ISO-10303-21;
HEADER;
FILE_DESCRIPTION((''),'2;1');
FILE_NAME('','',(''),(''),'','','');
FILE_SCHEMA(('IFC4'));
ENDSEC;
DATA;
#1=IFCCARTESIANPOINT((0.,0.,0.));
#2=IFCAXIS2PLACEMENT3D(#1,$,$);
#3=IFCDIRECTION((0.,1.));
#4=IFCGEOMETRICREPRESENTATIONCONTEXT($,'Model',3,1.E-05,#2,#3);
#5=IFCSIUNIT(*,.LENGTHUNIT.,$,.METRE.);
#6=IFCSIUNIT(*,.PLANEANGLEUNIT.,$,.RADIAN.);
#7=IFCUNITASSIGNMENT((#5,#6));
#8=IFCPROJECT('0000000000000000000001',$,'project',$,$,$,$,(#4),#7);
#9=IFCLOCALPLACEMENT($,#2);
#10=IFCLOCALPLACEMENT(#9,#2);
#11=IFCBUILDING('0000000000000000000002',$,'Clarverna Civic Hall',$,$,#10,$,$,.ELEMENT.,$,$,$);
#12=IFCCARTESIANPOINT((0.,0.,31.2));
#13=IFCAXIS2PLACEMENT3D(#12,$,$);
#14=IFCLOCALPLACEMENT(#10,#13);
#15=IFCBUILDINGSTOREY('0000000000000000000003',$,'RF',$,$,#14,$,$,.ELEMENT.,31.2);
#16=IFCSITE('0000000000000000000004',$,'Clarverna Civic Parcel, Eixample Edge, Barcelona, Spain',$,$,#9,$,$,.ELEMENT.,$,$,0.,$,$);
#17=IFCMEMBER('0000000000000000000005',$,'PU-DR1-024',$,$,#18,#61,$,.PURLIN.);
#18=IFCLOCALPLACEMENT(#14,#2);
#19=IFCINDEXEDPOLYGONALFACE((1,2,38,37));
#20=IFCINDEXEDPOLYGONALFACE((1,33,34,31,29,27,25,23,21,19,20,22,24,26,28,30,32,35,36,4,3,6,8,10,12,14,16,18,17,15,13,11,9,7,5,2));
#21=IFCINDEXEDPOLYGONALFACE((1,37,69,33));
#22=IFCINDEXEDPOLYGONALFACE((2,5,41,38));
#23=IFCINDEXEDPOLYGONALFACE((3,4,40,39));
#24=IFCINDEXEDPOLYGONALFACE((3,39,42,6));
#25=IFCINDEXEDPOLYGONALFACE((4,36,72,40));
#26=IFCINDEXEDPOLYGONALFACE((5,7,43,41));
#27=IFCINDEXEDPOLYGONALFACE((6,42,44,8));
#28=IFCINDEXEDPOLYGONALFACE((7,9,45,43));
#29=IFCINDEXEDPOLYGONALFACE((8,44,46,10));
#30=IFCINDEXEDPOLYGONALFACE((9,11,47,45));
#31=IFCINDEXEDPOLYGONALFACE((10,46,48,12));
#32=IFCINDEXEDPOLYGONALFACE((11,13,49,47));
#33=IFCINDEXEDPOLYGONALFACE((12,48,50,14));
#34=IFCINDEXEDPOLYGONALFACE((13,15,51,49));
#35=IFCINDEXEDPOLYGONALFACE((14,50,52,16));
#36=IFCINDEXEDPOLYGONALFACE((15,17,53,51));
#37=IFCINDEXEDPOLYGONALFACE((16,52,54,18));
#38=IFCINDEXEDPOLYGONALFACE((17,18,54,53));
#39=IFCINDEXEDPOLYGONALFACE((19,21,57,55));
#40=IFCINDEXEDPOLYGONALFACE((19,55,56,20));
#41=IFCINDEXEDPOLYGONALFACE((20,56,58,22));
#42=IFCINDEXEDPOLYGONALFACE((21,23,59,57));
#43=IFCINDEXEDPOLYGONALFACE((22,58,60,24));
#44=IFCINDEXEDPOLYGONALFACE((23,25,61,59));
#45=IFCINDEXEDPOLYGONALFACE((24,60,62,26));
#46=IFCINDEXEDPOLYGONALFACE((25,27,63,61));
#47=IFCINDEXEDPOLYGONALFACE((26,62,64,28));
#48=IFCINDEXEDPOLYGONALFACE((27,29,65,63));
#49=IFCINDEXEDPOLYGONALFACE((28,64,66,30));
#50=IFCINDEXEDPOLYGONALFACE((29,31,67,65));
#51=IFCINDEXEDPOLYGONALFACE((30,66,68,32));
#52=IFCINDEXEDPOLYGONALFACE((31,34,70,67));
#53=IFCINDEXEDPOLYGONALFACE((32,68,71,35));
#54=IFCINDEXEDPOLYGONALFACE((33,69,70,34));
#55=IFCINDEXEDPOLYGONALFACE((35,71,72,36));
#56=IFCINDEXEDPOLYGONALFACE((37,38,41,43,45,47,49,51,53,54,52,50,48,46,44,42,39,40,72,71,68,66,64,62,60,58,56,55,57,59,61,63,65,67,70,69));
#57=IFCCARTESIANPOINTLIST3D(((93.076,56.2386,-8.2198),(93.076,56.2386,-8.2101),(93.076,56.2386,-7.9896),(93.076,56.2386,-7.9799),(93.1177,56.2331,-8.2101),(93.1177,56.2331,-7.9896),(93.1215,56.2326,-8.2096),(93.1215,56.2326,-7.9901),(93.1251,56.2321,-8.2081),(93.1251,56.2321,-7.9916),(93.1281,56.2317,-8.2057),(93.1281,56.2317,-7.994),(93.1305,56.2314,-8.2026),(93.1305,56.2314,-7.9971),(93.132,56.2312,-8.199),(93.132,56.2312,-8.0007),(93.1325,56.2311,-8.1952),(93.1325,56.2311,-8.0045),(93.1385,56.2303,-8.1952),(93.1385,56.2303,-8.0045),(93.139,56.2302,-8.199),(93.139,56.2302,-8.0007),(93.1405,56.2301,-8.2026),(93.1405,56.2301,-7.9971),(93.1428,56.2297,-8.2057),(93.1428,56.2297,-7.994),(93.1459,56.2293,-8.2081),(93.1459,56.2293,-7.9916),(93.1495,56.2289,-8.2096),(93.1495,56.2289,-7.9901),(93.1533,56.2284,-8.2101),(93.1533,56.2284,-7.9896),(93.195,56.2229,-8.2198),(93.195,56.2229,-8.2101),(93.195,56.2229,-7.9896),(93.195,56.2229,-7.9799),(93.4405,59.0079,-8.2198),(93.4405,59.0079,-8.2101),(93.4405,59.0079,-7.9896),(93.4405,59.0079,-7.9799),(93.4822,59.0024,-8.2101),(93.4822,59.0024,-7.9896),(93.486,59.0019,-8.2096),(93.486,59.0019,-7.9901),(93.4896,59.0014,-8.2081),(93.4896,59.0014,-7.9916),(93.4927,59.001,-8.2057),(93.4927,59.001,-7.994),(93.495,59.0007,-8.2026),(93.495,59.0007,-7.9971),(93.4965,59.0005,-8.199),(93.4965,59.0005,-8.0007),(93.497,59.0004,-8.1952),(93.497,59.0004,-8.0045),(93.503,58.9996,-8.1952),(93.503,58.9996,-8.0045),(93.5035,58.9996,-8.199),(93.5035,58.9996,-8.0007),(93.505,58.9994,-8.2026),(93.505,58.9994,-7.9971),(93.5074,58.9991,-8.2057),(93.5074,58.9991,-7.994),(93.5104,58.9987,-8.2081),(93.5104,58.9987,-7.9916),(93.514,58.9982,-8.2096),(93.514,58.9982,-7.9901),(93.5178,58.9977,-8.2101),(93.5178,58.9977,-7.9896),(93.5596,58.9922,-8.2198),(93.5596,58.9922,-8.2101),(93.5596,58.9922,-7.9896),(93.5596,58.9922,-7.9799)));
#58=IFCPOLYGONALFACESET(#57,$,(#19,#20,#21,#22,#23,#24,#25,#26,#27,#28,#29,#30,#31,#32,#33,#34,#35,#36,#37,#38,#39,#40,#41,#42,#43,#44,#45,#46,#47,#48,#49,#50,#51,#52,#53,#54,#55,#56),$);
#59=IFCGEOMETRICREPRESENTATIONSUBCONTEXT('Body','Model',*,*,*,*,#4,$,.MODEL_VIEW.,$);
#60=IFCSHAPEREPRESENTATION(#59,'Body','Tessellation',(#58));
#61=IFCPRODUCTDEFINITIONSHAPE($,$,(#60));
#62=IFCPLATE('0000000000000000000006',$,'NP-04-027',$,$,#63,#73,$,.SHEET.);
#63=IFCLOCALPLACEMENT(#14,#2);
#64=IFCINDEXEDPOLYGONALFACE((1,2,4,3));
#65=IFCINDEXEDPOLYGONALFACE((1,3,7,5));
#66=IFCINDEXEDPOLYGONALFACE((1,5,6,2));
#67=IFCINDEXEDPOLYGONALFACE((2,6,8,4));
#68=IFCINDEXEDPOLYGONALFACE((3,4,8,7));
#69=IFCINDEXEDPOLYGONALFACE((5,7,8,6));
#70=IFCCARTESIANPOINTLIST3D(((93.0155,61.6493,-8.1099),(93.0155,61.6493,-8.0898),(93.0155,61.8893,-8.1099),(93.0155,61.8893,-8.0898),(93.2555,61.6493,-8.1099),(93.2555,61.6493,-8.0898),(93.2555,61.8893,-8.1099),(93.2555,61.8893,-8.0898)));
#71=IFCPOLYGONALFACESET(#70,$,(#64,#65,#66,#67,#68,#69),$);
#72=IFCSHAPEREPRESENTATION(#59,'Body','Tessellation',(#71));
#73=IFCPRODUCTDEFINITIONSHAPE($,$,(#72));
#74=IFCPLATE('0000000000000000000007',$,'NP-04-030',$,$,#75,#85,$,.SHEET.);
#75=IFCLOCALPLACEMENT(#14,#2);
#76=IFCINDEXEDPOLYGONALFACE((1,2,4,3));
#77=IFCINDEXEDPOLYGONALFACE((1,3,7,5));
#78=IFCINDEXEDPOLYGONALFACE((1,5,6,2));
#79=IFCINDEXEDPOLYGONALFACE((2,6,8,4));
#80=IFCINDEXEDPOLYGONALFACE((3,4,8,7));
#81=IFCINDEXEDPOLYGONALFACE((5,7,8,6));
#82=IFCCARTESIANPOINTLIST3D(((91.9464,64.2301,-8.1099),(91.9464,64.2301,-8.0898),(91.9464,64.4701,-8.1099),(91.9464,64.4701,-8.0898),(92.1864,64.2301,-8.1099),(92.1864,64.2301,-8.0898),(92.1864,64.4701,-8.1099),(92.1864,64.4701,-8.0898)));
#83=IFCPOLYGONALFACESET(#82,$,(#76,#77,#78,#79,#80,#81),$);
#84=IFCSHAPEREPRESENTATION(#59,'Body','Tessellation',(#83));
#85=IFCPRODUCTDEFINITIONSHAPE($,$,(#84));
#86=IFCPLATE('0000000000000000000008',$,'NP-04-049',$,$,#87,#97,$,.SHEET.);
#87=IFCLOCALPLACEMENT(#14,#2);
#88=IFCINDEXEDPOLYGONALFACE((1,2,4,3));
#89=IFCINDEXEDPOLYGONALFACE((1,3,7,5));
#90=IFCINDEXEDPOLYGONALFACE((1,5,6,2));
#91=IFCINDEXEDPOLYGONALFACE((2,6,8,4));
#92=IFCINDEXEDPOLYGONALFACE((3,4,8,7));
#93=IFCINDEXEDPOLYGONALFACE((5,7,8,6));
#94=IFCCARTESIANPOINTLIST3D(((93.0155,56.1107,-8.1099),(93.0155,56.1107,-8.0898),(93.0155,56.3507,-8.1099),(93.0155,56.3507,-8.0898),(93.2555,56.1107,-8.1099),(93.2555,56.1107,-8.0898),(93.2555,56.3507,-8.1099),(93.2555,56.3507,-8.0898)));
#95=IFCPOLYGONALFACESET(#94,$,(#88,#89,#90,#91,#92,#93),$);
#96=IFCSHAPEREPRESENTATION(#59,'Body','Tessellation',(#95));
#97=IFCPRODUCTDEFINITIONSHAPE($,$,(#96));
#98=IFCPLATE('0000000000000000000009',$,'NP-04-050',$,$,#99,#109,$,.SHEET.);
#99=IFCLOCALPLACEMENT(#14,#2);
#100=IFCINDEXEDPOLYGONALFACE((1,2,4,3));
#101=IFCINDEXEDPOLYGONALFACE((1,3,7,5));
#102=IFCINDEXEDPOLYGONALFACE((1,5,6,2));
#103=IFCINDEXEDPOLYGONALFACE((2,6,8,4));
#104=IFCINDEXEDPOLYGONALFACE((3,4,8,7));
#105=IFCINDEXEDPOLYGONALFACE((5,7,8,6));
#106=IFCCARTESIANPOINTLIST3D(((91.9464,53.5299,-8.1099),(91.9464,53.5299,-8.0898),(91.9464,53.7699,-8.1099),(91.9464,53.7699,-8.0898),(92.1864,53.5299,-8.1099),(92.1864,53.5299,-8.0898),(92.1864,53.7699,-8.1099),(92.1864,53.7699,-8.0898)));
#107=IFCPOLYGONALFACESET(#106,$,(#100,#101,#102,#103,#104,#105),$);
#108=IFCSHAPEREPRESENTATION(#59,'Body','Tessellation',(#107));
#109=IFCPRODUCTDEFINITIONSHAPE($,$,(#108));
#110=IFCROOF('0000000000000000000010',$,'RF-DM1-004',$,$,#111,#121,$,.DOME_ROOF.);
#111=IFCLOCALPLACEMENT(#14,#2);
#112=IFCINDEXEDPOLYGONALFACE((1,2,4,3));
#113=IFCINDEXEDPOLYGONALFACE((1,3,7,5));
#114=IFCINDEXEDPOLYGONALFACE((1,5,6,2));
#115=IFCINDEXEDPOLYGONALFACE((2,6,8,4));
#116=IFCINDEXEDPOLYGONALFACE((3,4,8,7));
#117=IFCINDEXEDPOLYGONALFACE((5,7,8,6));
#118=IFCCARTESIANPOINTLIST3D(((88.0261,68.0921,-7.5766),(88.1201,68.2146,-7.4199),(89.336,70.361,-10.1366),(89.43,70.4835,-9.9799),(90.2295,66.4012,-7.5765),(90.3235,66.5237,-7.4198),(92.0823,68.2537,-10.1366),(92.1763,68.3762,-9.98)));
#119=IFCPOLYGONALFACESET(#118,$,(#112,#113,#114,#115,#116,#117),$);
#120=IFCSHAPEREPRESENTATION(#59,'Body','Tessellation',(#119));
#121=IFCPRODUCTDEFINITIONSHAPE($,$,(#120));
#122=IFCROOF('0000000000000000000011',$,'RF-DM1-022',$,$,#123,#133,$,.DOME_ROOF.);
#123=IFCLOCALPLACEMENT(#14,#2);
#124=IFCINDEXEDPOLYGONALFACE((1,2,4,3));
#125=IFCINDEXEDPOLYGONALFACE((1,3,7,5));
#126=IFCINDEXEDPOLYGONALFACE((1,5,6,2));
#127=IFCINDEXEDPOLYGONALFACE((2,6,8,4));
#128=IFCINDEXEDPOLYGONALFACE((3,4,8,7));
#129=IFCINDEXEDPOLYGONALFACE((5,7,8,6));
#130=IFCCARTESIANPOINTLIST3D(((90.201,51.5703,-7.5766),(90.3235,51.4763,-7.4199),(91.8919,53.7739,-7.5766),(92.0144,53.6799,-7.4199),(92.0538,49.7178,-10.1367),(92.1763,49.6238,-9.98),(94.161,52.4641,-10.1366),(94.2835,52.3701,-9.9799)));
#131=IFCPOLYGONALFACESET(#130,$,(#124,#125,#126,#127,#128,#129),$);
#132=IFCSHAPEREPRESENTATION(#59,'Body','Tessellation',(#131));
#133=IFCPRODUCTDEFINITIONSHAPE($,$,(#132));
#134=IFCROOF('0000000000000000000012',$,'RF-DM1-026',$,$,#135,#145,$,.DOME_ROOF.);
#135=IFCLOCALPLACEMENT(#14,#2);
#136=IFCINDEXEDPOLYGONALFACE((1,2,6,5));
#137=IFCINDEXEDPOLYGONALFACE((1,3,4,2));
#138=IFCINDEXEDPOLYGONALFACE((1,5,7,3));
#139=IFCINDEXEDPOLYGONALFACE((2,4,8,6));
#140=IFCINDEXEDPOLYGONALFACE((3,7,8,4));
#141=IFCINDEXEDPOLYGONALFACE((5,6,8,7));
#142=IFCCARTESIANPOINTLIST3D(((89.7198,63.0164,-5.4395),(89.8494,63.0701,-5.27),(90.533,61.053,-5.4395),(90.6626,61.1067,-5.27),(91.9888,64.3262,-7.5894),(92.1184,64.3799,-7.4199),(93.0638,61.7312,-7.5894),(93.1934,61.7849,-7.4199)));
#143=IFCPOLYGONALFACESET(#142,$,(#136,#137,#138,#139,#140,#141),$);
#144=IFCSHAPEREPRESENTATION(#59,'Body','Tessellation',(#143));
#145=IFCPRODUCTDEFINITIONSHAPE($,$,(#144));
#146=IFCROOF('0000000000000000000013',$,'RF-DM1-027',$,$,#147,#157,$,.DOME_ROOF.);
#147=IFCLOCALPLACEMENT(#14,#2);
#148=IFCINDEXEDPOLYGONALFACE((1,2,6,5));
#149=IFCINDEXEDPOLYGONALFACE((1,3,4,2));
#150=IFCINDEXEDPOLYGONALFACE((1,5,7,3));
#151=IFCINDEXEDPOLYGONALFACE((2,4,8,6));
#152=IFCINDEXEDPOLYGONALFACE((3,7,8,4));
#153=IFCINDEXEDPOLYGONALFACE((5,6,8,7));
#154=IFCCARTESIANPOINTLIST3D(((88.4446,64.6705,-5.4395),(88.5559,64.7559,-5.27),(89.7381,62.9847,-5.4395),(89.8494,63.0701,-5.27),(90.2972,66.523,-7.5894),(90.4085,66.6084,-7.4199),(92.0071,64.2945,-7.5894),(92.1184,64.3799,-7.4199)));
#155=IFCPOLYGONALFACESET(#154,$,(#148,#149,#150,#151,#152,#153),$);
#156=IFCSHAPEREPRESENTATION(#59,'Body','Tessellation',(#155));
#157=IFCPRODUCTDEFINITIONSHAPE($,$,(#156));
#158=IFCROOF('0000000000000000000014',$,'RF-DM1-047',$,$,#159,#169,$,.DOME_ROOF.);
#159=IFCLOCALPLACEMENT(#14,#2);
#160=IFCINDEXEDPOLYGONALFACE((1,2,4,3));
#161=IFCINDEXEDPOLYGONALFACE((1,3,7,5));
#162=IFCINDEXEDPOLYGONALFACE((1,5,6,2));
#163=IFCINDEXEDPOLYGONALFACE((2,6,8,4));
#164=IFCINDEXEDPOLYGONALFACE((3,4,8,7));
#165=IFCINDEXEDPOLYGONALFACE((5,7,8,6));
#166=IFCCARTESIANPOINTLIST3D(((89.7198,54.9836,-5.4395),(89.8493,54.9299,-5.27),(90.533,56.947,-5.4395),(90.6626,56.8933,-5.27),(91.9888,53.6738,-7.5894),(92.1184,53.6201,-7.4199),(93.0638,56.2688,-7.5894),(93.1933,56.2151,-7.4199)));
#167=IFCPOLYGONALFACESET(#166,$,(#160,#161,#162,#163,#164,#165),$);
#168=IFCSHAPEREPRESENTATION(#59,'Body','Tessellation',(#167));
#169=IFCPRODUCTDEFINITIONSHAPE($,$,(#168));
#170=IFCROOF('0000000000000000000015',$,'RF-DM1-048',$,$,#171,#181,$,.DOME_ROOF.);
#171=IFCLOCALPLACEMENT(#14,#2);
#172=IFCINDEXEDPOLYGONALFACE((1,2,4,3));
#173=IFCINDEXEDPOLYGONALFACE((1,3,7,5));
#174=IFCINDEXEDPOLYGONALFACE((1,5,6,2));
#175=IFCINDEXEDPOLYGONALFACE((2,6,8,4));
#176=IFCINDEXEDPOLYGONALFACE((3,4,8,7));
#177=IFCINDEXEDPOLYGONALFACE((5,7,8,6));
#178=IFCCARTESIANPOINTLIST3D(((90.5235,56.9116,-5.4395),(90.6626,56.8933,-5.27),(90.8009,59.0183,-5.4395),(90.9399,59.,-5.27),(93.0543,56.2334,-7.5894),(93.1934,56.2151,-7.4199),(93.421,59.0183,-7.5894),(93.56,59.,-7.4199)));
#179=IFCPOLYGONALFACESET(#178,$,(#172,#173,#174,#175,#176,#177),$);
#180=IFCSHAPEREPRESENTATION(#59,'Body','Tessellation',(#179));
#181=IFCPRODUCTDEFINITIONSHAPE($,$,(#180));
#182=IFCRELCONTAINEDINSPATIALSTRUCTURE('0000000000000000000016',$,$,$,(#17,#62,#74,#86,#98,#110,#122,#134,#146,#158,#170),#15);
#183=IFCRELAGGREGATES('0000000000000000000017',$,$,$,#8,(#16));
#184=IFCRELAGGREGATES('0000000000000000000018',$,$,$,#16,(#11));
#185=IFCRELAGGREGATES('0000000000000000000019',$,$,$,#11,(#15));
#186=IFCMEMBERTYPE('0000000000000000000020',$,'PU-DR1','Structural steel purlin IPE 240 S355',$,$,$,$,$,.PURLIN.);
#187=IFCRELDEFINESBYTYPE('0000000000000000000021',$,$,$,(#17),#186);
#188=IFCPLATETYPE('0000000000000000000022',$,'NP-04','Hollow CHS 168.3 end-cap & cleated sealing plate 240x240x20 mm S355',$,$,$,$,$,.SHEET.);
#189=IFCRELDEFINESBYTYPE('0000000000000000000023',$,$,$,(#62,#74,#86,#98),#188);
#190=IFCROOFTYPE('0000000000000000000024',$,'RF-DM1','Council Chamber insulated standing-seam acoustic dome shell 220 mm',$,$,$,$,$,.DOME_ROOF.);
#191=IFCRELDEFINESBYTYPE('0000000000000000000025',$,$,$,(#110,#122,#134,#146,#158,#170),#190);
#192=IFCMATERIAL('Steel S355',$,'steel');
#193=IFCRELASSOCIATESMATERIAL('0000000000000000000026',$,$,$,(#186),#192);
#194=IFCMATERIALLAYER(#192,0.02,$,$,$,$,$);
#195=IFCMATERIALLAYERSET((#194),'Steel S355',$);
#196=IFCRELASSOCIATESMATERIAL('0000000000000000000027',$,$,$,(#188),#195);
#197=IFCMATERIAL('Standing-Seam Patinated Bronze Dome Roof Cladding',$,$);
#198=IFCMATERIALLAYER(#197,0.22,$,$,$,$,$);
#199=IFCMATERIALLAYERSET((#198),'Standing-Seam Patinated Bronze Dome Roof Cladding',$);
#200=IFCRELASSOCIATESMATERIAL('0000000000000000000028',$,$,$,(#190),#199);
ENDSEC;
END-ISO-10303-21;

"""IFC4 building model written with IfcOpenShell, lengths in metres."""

from ifc_helpers import new_model, si_unit, direction, frame, origin, origin_2d, place, context, subcontext, project, spatial, polyline, rectangle, i_section, outline, extrude, material, layer, layer_set, material_profile, profile_set, type_object, element, save


model = new_model("IFC4")

# Units and contexts
model_context = context("Model", 3, precision=1e-05, world=origin(), true_north=direction((0.0, 1.0)))
body_context = subcontext(model_context, "Body", "Model", "MODEL_VIEW")
ifc_project = project(units=[si_unit("LENGTHUNIT", "METRE"), si_unit("PLANEANGLEUNIT", "RADIAN")], contexts=[model_context])

# Site, building, storey
site_placement = place(None, origin())
site = spatial("IfcSite", under=ifc_project, at=site_placement, Name="Clarverna Civic Parcel, Eixample Edge, Barcelona, Spain", CompositionType="ELEMENT", RefElevation=0.0)
building_placement = place(site_placement, origin())
building = spatial("IfcBuilding", under=site, at=building_placement, Name="Clarverna Civic Hall", CompositionType="ELEMENT")
storey_placement = place(building_placement, frame((0.0, 0.0, 31.2)))
storey = spatial("IfcBuildingStorey", under=building, at=storey_placement, Name="RF", CompositionType="ELEMENT", Elevation=31.2)

# Member
ifc_material_1 = material(Name="Steel S355", Category="steel")
ifc_material_profile_1 = material_profile(ifc_material_1, i_section(OverallWidth=0.1201, OverallDepth=0.24, WebThickness=0.0061, FlangeThickness=0.0098, FilletRadius=0.0149, at=origin_2d()), Name="IPE 240")
ifc_profile_set_1 = profile_set([ifc_material_profile_1], Name="Steel S355")
member_type_1 = type_object("IfcMemberType", Name="PU-DR1", Description="Structural steel purlin IPE 240 S355", PredefinedType="PURLIN", material=ifc_profile_set_1)
member_1_placement = place(storey_placement, frame((93.1355, 56.2307, -8.0999), z_axis=(0.130497, 0.991449, 0.0), x_axis=(-0.991449, 0.130497, 0.0)))
element("IfcMember", 1, at=member_1_placement, inside=storey, type_object=member_type_1, Name="PU-DR1-024", PredefinedType="PURLIN", context=body_context, shape_type="SweptSolid", body=[
    extrude(i_section(OverallWidth=0.1201, OverallDepth=0.24, WebThickness=0.0061, FlangeThickness=0.0098, FilletRadius=0.0149, at=origin_2d()), origin(), (0.0, 0.0, 1.0), 2.7932),
])

# Plates
ifc_layer_1 = layer(ifc_material_1, 0.02)
ifc_layer_set_1 = layer_set([ifc_layer_1], Name="Steel S355")
plate_type = type_object("IfcPlateType", Name="NP-04", Description="Hollow CHS 168.3 end-cap & cleated sealing plate 240x240x20 mm S355", PredefinedType="SHEET", material=ifc_layer_set_1)
for number, where, z_axis, x_axis, name in (
    (2, (93.1355, 61.7693, -8.1099), (0.0, 0.0, 1.0), (1.0, 0.0, 0.0), "NP-04-027"),
    (3, (92.0664, 64.3501, -8.1099), (0.0, 0.0, 1.0), (1.0, 0.0, 0.0), "NP-04-030"),
    (4, (93.1355, 56.2307, -8.1099), (0.0, 0.0, 1.0), (1.0, 0.0, 0.0), "NP-04-049"),
    (5, (92.0664, 53.6499, -8.1099), (0.0, 0.0, 1.0), (1.0, 0.0, 0.0), "NP-04-050"),
):
    element("IfcPlate", number, at=place(storey_placement, frame(where, z_axis=z_axis, x_axis=x_axis)), inside=storey, type_object=plate_type, Name=name, PredefinedType="SHEET", context=body_context, shape_type="SweptSolid", body=[
        extrude(rectangle(XDim=0.24, YDim=0.24, at=origin_2d()), origin(), (0.0, 0.0, 1.0), 0.02),
    ])

# Roofs
ifc_material_2 = material(Name="Standing-Seam Patinated Bronze Dome Roof Cladding")
ifc_layer_2 = layer(ifc_material_2, 0.22)
ifc_layer_set_2 = layer_set([ifc_layer_2], Name="Standing-Seam Patinated Bronze Dome Roof Cladding")
roof_type = type_object("IfcRoofType", Name="RF-DM1", Description="Council Chamber insulated standing-seam acoustic dome shell 220 mm", PredefinedType="DOME_ROOF", material=ifc_layer_set_2)
roof_1_placement = place(storey_placement, frame((92.1763, 68.3762, -9.98), z_axis=(0.427329, 0.556899, 0.712218), x_axis=(-0.793363, 0.608749, 0.000022)))
element("IfcRoof", 6, at=roof_1_placement, inside=storey, type_object=roof_type, Name="RF-DM1-004", PredefinedType="DOME_ROOF", context=body_context, shape_type="SweptSolid", body=[
    extrude(outline(polyline([(0.0, 0.0), (3.4616, 0.0), (3.1197, 3.6469), (0.3423, 3.6471), (0.0, 0.0)])), origin(), (0.0, 0.0, -1.0), 0.22),
])
roof_2_placement = place(storey_placement, frame((92.1763, 49.6238, -9.98), z_axis=(0.556896, -0.427306, 0.712234), x_axis=(0.60874, 0.79337, 0.00001)))
element("IfcRoof", 7, at=roof_2_placement, inside=storey, type_object=roof_type, Name="RF-DM1-022", PredefinedType="DOME_ROOF", context=body_context, shape_type="SweptSolid", body=[
    extrude(outline(polyline([(0.0, 0.0), (3.4616, 0.0), (3.1195, 3.6471), (0.3419, 3.6472), (0.0, 0.0)])), origin(), (0.0, 0.0, -1.0), 0.22),
])
roof_3_placement = place(storey_placement, frame((93.1934, 61.7849, -7.4199), z_axis=(0.589058, 0.244003, 0.770372), x_axis=(-0.382701, 0.923872, 0.000008)))
element("IfcRoof", 8, at=roof_3_placement, inside=storey, type_object=roof_type, Name="RF-DM1-026", PredefinedType="DOME_ROOF", context=body_context, shape_type="SweptSolid", body=[
    extrude(outline(polyline([(0.0, 0.0), (2.8088, 0.0), (2.4671, 3.3719), (0.342, 3.3719), (0.0, 0.0)])), origin(), (0.0, 0.0, -1.0), 0.22),
])
roof_4_placement = place(storey_placement, frame((92.1184, 64.3799, -7.4199), z_axis=(0.50586, 0.388143, 0.770358), x_axis=(-0.608749, 0.793363, 0.000005)))
element("IfcRoof", 9, at=roof_4_placement, inside=storey, type_object=roof_type, Name="RF-DM1-027", PredefinedType="DOME_ROOF", context=body_context, shape_type="SweptSolid", body=[
    extrude(outline(polyline([(0.0, 0.0), (2.809, 0.0), (2.467, 3.3718), (0.3421, 3.3718), (0.0, 0.0)])), origin(), (0.0, 0.0, -1.0), 0.22),
])
roof_5_placement = place(storey_placement, frame((92.1184, 53.6201, -7.4199), z_axis=(0.589058, -0.244003, 0.770372), x_axis=(0.382701, 0.923872, -0.000008)))
element("IfcRoof", 10, at=roof_5_placement, inside=storey, type_object=roof_type, Name="RF-DM1-047", PredefinedType="DOME_ROOF", context=body_context, shape_type="SweptSolid", body=[
    extrude(outline(polyline([(0.0, 0.0), (2.8088, 0.0), (2.4669, 3.3719), (0.3417, 3.3719), (0.0, 0.0)])), origin(), (0.0, 0.0, -1.0), 0.22),
])
roof_6_placement = place(storey_placement, frame((93.1934, 56.2151, -7.4199), z_axis=(0.632131, -0.083228, 0.770379), x_axis=(0.130543, 0.991443, -0.000005)))
element("IfcRoof", 11, at=roof_6_placement, inside=storey, type_object=roof_type, Name="RF-DM1-048", PredefinedType="DOME_ROOF", context=body_context, shape_type="SweptSolid", body=[
    extrude(outline(polyline([(0.0, 0.0), (2.809, 0.0), (2.4669, 3.372), (0.342, 3.3719), (0.0, 0.0)])), origin(), (0.0, 0.0, -1.0), 0.22),
])

save(model, "model.ifc")
